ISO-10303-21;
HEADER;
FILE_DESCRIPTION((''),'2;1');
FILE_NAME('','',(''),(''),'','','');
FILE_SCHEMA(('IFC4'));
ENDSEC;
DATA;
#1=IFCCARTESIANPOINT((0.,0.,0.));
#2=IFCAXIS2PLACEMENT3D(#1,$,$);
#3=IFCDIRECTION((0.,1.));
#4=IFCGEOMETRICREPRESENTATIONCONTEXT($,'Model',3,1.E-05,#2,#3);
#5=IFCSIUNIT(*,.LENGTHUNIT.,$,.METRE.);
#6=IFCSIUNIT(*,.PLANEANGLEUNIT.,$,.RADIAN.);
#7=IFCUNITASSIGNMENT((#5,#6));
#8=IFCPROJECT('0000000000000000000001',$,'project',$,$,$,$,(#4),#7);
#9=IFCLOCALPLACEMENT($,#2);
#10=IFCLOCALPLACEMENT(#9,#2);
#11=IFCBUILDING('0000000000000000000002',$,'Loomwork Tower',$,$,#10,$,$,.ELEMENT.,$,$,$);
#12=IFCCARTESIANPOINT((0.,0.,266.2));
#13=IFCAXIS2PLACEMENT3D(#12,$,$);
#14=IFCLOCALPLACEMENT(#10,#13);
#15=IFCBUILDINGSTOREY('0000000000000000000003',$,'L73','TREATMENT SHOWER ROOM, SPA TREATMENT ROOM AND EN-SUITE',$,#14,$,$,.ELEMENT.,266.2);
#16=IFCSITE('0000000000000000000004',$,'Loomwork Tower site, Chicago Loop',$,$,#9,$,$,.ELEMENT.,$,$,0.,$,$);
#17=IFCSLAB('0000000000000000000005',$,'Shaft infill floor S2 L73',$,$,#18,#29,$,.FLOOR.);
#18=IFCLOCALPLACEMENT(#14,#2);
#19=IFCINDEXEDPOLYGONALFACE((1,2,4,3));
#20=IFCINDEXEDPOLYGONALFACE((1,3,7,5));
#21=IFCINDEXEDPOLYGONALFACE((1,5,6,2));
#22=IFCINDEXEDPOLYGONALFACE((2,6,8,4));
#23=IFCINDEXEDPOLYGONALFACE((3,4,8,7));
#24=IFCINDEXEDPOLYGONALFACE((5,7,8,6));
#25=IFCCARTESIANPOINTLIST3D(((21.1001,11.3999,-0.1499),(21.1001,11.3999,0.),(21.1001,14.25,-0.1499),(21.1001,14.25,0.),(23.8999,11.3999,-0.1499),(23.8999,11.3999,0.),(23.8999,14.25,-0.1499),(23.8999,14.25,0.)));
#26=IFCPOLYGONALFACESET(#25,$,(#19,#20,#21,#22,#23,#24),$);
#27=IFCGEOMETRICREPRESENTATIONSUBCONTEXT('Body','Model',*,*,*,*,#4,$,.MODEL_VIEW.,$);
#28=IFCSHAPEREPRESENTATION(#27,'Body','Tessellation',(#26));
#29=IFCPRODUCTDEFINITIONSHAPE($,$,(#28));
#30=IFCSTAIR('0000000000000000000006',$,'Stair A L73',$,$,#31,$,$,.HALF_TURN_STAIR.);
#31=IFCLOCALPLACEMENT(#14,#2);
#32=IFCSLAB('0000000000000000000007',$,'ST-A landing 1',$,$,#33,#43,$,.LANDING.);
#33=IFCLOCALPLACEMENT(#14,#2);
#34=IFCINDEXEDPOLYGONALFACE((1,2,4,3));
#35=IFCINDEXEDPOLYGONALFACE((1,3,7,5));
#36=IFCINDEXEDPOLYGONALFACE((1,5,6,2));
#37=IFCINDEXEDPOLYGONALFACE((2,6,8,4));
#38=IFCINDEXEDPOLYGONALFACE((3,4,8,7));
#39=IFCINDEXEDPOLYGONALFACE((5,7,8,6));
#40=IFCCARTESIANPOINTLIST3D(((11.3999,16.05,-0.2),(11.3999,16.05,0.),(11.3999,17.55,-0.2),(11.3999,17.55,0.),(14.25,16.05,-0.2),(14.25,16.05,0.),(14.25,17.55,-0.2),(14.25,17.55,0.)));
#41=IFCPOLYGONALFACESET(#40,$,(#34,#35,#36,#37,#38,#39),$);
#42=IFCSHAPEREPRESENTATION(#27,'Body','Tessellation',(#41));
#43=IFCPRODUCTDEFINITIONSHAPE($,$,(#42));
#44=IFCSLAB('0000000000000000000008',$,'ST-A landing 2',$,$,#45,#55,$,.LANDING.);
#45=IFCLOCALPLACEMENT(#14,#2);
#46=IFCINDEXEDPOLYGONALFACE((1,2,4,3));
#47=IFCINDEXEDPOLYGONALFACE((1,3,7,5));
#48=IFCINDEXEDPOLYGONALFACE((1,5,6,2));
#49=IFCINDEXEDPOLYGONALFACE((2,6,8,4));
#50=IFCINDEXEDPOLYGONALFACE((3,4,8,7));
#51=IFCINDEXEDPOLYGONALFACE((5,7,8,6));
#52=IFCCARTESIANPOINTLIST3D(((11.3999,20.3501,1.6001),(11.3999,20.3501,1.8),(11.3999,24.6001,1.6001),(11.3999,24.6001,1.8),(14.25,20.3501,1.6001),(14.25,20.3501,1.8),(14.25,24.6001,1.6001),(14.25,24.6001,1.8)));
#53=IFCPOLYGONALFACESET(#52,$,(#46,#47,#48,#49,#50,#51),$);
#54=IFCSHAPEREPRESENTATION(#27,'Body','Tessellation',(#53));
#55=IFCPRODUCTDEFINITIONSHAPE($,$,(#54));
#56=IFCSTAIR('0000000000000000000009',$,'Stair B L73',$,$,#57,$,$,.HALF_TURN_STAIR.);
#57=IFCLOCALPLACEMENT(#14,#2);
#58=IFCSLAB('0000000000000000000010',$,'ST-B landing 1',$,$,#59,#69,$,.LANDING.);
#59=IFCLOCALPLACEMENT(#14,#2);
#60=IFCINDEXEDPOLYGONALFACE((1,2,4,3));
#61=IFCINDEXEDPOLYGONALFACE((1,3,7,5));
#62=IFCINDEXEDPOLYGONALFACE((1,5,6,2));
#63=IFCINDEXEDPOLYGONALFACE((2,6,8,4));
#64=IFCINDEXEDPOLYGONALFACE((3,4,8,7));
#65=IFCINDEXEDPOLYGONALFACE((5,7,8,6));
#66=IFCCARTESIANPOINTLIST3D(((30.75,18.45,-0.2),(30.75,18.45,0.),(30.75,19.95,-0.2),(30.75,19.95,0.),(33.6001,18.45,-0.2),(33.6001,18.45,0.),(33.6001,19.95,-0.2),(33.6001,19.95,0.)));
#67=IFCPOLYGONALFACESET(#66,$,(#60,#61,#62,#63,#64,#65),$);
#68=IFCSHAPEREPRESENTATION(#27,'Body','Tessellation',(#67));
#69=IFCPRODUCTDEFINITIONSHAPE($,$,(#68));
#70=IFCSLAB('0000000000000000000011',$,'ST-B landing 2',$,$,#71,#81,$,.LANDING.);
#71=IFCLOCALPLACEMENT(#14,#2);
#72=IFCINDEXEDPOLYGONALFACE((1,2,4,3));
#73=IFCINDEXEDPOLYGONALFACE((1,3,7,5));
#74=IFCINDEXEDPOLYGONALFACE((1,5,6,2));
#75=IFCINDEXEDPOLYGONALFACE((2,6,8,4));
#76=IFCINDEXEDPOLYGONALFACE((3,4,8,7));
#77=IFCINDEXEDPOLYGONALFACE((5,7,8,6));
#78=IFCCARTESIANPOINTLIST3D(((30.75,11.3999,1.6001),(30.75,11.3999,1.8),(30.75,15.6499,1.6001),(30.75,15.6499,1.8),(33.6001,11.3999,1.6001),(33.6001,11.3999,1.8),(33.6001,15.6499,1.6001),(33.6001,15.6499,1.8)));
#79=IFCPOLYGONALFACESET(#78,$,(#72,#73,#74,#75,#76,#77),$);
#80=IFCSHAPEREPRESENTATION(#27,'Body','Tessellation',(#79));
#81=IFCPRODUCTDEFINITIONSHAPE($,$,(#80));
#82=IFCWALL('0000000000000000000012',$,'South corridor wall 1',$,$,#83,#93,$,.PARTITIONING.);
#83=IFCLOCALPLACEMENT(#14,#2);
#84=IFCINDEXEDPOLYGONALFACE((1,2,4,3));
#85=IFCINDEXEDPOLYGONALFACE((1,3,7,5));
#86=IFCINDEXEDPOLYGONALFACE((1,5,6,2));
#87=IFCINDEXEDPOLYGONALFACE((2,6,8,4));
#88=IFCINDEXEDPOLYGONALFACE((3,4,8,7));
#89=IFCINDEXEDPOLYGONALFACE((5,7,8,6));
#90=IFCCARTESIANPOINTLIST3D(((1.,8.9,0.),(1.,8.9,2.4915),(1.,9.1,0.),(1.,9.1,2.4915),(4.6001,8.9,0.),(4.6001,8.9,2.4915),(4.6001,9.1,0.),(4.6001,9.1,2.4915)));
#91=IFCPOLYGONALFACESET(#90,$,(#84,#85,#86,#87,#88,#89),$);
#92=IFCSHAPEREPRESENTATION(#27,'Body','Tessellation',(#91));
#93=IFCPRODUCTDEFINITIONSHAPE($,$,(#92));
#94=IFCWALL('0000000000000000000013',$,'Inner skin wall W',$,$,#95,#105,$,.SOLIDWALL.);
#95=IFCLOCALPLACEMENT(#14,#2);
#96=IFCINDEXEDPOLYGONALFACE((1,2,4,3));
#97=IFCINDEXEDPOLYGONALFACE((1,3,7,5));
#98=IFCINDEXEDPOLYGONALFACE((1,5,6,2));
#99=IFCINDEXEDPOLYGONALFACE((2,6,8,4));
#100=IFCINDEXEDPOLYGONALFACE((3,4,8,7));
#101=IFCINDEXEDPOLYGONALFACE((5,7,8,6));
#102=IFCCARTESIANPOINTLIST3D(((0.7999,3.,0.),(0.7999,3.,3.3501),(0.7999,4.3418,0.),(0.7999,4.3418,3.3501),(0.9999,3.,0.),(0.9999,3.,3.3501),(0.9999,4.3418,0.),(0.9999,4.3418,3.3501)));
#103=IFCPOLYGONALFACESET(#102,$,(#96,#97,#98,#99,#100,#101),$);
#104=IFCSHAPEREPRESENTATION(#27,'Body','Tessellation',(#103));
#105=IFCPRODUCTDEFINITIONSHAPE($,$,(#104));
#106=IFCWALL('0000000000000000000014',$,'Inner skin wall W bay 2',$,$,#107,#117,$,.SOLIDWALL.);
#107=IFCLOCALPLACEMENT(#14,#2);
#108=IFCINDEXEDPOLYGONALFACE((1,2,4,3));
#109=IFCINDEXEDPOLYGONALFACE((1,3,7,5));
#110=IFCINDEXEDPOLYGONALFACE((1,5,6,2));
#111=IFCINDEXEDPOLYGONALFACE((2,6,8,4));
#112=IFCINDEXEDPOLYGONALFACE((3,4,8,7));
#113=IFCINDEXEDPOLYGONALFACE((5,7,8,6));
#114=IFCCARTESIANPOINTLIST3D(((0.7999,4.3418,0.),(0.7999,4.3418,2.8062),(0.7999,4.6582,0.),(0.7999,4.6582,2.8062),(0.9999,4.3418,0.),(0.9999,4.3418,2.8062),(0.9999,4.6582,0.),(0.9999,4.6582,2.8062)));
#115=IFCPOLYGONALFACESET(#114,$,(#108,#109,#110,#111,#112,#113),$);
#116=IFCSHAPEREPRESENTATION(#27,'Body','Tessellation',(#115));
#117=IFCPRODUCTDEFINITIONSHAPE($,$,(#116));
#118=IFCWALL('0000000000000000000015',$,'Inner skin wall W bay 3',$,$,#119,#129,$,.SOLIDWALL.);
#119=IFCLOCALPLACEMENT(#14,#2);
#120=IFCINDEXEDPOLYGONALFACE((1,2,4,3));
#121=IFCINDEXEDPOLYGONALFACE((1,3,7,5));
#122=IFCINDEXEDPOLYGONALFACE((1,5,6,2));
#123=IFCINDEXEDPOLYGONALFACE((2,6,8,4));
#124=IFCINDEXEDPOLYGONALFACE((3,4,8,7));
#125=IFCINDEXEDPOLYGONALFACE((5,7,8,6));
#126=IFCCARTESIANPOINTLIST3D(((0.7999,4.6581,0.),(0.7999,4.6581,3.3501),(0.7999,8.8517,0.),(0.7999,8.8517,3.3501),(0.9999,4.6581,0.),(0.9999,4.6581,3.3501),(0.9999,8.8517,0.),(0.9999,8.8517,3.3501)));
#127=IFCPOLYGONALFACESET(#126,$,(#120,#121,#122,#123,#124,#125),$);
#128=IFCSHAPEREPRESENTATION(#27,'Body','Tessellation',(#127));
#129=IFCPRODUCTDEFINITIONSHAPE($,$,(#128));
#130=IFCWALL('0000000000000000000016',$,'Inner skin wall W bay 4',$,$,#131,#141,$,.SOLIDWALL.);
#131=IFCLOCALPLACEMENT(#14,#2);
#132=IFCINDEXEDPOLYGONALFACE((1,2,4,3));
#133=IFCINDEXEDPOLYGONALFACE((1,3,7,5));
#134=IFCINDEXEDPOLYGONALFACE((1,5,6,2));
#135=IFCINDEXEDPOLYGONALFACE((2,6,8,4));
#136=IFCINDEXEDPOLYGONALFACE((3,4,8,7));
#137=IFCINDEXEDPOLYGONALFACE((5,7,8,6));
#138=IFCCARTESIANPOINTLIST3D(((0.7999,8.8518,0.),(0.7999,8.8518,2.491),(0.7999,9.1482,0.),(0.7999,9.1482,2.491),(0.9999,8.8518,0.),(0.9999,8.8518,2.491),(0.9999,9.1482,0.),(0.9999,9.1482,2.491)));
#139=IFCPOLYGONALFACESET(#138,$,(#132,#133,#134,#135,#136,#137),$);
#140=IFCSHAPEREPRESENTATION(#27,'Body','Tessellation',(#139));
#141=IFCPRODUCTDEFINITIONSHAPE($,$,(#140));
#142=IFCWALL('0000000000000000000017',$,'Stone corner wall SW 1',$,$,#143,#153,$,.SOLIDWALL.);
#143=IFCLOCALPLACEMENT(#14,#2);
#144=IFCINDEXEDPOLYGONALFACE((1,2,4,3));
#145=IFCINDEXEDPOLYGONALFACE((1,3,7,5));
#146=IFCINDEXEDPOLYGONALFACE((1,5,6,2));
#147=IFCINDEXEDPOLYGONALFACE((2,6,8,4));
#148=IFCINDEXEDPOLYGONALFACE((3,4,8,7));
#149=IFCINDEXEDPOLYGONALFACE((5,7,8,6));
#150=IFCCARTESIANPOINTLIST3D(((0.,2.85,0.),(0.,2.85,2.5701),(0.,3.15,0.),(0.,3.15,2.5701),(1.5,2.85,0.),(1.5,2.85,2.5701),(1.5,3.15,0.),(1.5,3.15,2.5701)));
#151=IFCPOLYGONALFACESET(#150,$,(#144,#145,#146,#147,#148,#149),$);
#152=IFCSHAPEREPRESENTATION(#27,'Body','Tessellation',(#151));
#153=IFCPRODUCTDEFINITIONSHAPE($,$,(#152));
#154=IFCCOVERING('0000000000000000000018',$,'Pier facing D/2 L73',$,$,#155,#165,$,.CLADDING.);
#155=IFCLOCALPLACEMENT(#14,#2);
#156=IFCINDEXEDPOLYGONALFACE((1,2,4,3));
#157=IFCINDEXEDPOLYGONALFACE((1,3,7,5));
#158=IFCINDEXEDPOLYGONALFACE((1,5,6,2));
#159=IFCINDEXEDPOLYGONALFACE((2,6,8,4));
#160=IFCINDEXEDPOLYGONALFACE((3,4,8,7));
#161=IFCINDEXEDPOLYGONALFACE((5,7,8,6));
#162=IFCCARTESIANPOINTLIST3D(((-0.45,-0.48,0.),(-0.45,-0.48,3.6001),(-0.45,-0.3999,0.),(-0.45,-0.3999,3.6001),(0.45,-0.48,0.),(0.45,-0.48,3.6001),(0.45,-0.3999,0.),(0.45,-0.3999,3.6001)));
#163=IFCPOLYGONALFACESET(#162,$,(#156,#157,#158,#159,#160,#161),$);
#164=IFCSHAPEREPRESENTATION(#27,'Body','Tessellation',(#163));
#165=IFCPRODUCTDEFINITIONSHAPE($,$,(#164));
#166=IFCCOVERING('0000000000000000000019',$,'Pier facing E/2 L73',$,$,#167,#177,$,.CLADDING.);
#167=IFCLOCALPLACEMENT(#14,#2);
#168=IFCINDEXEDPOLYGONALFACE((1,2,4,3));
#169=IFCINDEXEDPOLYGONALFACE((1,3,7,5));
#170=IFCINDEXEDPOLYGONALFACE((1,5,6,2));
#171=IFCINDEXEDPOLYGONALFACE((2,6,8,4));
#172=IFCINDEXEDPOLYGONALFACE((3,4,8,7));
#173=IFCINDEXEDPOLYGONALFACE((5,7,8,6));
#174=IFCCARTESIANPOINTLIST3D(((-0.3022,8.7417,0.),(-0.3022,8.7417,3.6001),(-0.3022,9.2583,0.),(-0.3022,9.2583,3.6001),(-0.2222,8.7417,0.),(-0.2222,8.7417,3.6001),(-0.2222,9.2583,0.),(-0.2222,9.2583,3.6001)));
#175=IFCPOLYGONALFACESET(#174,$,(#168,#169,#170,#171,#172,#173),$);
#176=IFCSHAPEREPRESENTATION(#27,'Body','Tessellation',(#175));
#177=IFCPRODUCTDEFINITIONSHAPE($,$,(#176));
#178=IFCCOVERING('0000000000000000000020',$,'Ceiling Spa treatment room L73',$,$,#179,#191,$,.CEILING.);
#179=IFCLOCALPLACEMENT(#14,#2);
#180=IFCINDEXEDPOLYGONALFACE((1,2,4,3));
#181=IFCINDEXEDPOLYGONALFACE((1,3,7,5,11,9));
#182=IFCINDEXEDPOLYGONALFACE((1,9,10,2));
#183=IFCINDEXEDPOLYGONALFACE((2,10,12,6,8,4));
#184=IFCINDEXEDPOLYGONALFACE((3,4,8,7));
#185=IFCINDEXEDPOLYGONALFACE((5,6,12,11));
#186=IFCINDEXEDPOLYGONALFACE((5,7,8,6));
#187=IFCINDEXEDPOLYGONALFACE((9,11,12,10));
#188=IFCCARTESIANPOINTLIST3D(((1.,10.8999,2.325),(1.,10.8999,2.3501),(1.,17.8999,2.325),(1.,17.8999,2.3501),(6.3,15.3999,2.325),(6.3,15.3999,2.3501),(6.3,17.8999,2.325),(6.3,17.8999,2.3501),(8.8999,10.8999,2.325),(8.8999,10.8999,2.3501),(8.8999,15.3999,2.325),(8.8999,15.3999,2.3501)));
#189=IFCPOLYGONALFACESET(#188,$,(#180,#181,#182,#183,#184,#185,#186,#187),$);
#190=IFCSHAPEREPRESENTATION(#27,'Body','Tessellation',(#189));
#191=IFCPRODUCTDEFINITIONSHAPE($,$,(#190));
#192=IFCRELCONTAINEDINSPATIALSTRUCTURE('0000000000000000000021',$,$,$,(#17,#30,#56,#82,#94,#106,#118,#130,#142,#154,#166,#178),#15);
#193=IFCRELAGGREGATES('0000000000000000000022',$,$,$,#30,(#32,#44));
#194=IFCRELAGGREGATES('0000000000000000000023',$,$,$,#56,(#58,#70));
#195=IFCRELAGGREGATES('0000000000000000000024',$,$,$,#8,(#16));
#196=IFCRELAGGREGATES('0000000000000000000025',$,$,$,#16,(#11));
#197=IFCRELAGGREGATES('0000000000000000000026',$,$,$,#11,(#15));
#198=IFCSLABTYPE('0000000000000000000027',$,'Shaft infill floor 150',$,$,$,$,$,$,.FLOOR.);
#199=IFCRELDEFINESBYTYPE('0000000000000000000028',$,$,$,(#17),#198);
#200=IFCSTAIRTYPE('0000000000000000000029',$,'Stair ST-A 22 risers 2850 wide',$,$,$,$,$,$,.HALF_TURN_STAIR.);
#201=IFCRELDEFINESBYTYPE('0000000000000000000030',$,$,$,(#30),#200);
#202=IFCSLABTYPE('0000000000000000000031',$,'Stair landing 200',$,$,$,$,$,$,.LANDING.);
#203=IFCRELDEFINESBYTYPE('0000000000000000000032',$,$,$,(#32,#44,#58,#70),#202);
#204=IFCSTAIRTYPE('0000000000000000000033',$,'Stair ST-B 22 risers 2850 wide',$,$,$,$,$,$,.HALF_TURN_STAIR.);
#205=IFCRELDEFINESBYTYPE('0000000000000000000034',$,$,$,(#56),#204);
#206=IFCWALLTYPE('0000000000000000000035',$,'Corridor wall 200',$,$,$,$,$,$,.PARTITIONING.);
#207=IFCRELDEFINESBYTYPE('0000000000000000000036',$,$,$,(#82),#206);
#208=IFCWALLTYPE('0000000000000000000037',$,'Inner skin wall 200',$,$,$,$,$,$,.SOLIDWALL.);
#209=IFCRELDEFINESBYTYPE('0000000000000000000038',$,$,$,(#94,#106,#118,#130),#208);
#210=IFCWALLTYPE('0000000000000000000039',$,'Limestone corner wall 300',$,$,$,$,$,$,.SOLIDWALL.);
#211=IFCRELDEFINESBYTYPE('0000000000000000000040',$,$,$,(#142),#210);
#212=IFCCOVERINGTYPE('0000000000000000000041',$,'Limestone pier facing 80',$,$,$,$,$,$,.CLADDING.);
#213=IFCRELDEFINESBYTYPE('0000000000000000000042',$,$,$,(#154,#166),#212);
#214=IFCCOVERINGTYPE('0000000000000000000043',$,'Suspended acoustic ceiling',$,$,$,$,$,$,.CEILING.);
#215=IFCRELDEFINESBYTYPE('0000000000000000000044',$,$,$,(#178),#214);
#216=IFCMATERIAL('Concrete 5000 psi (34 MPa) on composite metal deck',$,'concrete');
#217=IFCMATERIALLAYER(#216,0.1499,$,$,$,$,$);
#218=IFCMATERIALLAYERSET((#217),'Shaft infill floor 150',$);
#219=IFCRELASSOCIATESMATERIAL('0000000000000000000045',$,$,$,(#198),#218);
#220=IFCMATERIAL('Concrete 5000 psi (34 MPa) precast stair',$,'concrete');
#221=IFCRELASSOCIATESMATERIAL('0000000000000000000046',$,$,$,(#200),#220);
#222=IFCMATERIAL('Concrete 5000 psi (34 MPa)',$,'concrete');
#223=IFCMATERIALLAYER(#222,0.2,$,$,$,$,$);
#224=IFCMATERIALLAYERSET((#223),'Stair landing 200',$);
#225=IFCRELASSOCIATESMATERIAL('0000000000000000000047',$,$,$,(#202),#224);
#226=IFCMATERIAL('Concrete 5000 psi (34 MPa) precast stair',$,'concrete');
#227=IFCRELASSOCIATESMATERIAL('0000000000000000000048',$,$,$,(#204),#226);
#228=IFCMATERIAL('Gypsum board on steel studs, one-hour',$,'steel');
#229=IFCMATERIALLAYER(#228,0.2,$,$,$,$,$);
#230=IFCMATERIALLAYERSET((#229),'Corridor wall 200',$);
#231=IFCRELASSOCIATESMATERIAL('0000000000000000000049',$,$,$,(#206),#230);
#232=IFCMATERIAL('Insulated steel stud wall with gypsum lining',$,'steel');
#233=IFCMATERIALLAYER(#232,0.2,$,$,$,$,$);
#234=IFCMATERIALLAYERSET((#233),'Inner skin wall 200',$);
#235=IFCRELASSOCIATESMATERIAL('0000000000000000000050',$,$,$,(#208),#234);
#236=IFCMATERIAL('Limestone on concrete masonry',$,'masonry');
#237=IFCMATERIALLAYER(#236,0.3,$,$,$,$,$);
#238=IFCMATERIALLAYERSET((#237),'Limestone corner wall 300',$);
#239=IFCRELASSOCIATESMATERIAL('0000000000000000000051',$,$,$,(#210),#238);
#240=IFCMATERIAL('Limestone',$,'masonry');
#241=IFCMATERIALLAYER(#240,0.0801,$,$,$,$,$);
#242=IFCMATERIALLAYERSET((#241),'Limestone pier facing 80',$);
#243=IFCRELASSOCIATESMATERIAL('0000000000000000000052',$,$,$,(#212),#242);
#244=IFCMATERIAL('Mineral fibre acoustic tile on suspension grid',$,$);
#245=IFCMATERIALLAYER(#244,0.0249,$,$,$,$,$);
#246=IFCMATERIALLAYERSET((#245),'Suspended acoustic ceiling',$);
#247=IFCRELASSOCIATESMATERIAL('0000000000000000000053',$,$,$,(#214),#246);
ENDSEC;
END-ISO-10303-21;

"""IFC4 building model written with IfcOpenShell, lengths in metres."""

from ifc_helpers import new_model, si_unit, direction, frame, frame_2d, origin, origin_2d, place, context, subcontext, project, spatial, polyline, rectangle, outline, extrude, material, layer, layer_set, type_object, element, aggregate, save


model = new_model("IFC4")

# Units and contexts
model_context = context("Model", 3, precision=1e-05, world=origin(), true_north=direction((0.0, 1.0)))
body_context = subcontext(model_context, "Body", "Model", "MODEL_VIEW")
ifc_project = project(units=[si_unit("LENGTHUNIT", "METRE"), si_unit("PLANEANGLEUNIT", "RADIAN")], contexts=[model_context])

# Site, building, storey
site_placement = place(None, origin())
site = spatial("IfcSite", under=ifc_project, at=site_placement, Name="Loomwork Tower site, Chicago Loop", CompositionType="ELEMENT", RefElevation=0.0)
building_placement = place(site_placement, origin())
building = spatial("IfcBuilding", under=site, at=building_placement, Name="Loomwork Tower", CompositionType="ELEMENT")
storey_placement = place(building_placement, frame((0.0, 0.0, 266.2)))
storey = spatial("IfcBuildingStorey", under=building, at=storey_placement, Name="L73", Description="TREATMENT SHOWER ROOM, SPA TREATMENT ROOM AND EN-SUITE", CompositionType="ELEMENT", Elevation=266.2)

# Slab
ifc_material_1 = material(Name="Concrete 5000 psi (34 MPa) on composite metal deck", Category="concrete")
ifc_layer_1 = layer(ifc_material_1, 0.1499)
ifc_layer_set_1 = layer_set([ifc_layer_1], Name="Shaft infill floor 150")
slab_type_1 = type_object("IfcSlabType", Name="Shaft infill floor 150", PredefinedType="FLOOR", material=ifc_layer_set_1)
slab_1_placement = place(storey_placement, frame((0.0, 0.0, -0.1499)))
element("IfcSlab", 1, at=slab_1_placement, inside=storey, type_object=slab_type_1, Name="Shaft infill floor S2 L73", PredefinedType="FLOOR", context=body_context, shape_type="SweptSolid", body=[
    extrude(outline(polyline([(21.1001, 11.3999), (23.8999, 11.3999), (23.8999, 14.25), (21.1001, 14.25), (21.1001, 11.3999)])), origin(), (0.0, 0.0, 1.0), 0.1499),
])

# Stairs, slabs
ifc_material_2 = material(Name="Concrete 5000 psi (34 MPa) precast stair", Category="concrete")
stair_type_1 = type_object("IfcStairType", Name="Stair ST-A 22 risers 2850 wide", PredefinedType="HALF_TURN_STAIR", material=ifc_material_2)
stair_1_placement = place(storey_placement, origin())
stair_1 = element("IfcStair", 2, at=stair_1_placement, inside=storey, type_object=stair_type_1, Name="Stair A L73", PredefinedType="HALF_TURN_STAIR")
ifc_material_3 = material(Name="Concrete 5000 psi (34 MPa)", Category="concrete")
ifc_layer_2 = layer(ifc_material_3, 0.2)
ifc_layer_set_2 = layer_set([ifc_layer_2], Name="Stair landing 200")
slab_type_2 = type_object("IfcSlabType", Name="Stair landing 200", PredefinedType="LANDING", material=ifc_layer_set_2)
slab_2_placement = place(storey_placement, frame((0.0, 0.0, -0.2)))
slab_2 = element("IfcSlab", 3, at=slab_2_placement, type_object=slab_type_2, Name="ST-A landing 1", PredefinedType="LANDING", context=body_context, shape_type="SweptSolid", body=[
    extrude(outline(polyline([(11.3999, 16.05), (14.25, 16.05), (14.25, 17.55), (11.3999, 17.55), (11.3999, 16.05)])), origin(), (0.0, 0.0, 1.0), 0.2),
])
slab_3_placement = place(storey_placement, frame((0.0, 0.0, 1.6001)))
slab_3 = element("IfcSlab", 4, at=slab_3_placement, type_object=slab_type_2, Name="ST-A landing 2", PredefinedType="LANDING", context=body_context, shape_type="SweptSolid", body=[
    extrude(outline(polyline([(11.3999, 20.3501), (14.25, 20.3501), (14.25, 24.6001), (11.3999, 24.6001), (11.3999, 20.3501)])), origin(), (0.0, 0.0, 1.0), 0.2),
])
aggregate(stair_1, [slab_2, slab_3])
ifc_material_4 = material(Name="Concrete 5000 psi (34 MPa) precast stair", Category="concrete")
stair_type_2 = type_object("IfcStairType", Name="Stair ST-B 22 risers 2850 wide", PredefinedType="HALF_TURN_STAIR", material=ifc_material_4)
stair_2_placement = place(storey_placement, origin())
stair_2 = element("IfcStair", 5, at=stair_2_placement, inside=storey, type_object=stair_type_2, Name="Stair B L73", PredefinedType="HALF_TURN_STAIR")
slab_4_placement = place(storey_placement, frame((0.0, 0.0, -0.2)))
slab_4 = element("IfcSlab", 6, at=slab_4_placement, type_object=slab_type_2, Name="ST-B landing 1", PredefinedType="LANDING", context=body_context, shape_type="SweptSolid", body=[
    extrude(outline(polyline([(30.75, 18.45), (33.6001, 18.45), (33.6001, 19.95), (30.75, 19.95), (30.75, 18.45)])), origin(), (0.0, 0.0, 1.0), 0.2),
])
slab_5_placement = place(storey_placement, frame((0.0, 0.0, 1.6001)))
slab_5 = element("IfcSlab", 7, at=slab_5_placement, type_object=slab_type_2, Name="ST-B landing 2", PredefinedType="LANDING", context=body_context, shape_type="SweptSolid", body=[
    extrude(outline(polyline([(30.75, 11.3999), (33.6001, 11.3999), (33.6001, 15.6499), (30.75, 15.6499), (30.75, 11.3999)])), origin(), (0.0, 0.0, 1.0), 0.2),
])
aggregate(stair_2, [slab_4, slab_5])

# Walls
ifc_material_5 = material(Name="Gypsum board on steel studs, one-hour", Category="steel")
ifc_layer_3 = layer(ifc_material_5, 0.2)
ifc_layer_set_3 = layer_set([ifc_layer_3], Name="Corridor wall 200")
wall_type_1 = type_object("IfcWallType", Name="Corridor wall 200", PredefinedType="PARTITIONING", material=ifc_layer_set_3)
wall_1_placement = place(storey_placement, frame((1.0, 9.0, 0.0), z_axis=(0.0, 0.0, 1.0), x_axis=(1.0, 0.0, 0.0)))
element("IfcWall", 8, at=wall_1_placement, inside=storey, type_object=wall_type_1, Name="South corridor wall 1", PredefinedType="PARTITIONING", context=body_context, shape_type="SweptSolid", body=[
    extrude(rectangle(XDim=3.6001, YDim=0.2, at=frame_2d((1.8, 0.0))), origin(), (0.0, 0.0, 1.0), 2.4915),
])
ifc_material_6 = material(Name="Insulated steel stud wall with gypsum lining", Category="steel")
ifc_layer_4 = layer(ifc_material_6, 0.2)
ifc_layer_set_4 = layer_set([ifc_layer_4], Name="Inner skin wall 200")
wall_type_2 = type_object("IfcWallType", Name="Inner skin wall 200", PredefinedType="SOLIDWALL", material=ifc_layer_set_4)
wall_2_placement = place(storey_placement, frame((0.8999, 3.0, 0.0), z_axis=(0.0, 0.0, 1.0), x_axis=(0.0, 1.0, 0.0)))
element("IfcWall", 9, at=wall_2_placement, inside=storey, type_object=wall_type_2, Name="Inner skin wall W", PredefinedType="SOLIDWALL", context=body_context, shape_type="SweptSolid", body=[
    extrude(rectangle(XDim=1.3418, YDim=0.2, at=frame_2d((0.6709, 0.0))), origin(), (0.0, 0.0, 1.0), 3.3501),
])
wall_3_placement = place(storey_placement, frame((0.8999, 4.3418, 0.0), z_axis=(0.0, 0.0, 1.0), x_axis=(0.0, 1.0, 0.0)))
element("IfcWall", 10, at=wall_3_placement, inside=storey, type_object=wall_type_2, Name="Inner skin wall W bay 2", PredefinedType="SOLIDWALL", context=body_context, shape_type="SweptSolid", body=[
    extrude(rectangle(XDim=0.3164, YDim=0.2, at=frame_2d((0.1582, 0.0))), origin(), (0.0, 0.0, 1.0), 2.8062),
])
wall_4_placement = place(storey_placement, frame((0.8999, 4.6582, 0.0), z_axis=(0.0, 0.0, 1.0), x_axis=(0.0, 1.0, 0.0)))
element("IfcWall", 11, at=wall_4_placement, inside=storey, type_object=wall_type_2, Name="Inner skin wall W bay 3", PredefinedType="SOLIDWALL", context=body_context, shape_type="SweptSolid", body=[
    extrude(rectangle(XDim=4.1936, YDim=0.2, at=frame_2d((2.0967, 0.0))), origin(), (0.0, 0.0, 1.0), 3.3501),
])
wall_5_placement = place(storey_placement, frame((0.8999, 8.8518, 0.0), z_axis=(0.0, 0.0, 1.0), x_axis=(0.0, 1.0, 0.0)))
element("IfcWall", 12, at=wall_5_placement, inside=storey, type_object=wall_type_2, Name="Inner skin wall W bay 4", PredefinedType="SOLIDWALL", context=body_context, shape_type="SweptSolid", body=[
    extrude(rectangle(XDim=0.2964, YDim=0.2, at=frame_2d((0.1482, 0.0))), origin(), (0.0, 0.0, 1.0), 2.491),
])
ifc_material_7 = material(Name="Limestone on concrete masonry", Category="masonry")
ifc_layer_5 = layer(ifc_material_7, 0.3)
ifc_layer_set_5 = layer_set([ifc_layer_5], Name="Limestone corner wall 300")
wall_type_3 = type_object("IfcWallType", Name="Limestone corner wall 300", PredefinedType="SOLIDWALL", material=ifc_layer_set_5)
wall_6_placement = place(storey_placement, frame((0.0, 3.0, 0.0), z_axis=(0.0, 0.0, 1.0), x_axis=(1.0, 0.0, 0.0)))
element("IfcWall", 13, at=wall_6_placement, inside=storey, type_object=wall_type_3, Name="Stone corner wall SW 1", PredefinedType="SOLIDWALL", context=body_context, shape_type="SweptSolid", body=[
    extrude(rectangle(XDim=1.5, YDim=0.3, at=frame_2d((0.75, 0.0))), origin(), (0.0, 0.0, 1.0), 2.5701),
])

# Coverings
ifc_material_8 = material(Name="Limestone", Category="masonry")
ifc_layer_6 = layer(ifc_material_8, 0.0801)
ifc_layer_set_6 = layer_set([ifc_layer_6], Name="Limestone pier facing 80")
covering_type_1 = type_object("IfcCoveringType", Name="Limestone pier facing 80", PredefinedType="CLADDING", material=ifc_layer_set_6)
covering_1_placement = place(storey_placement, frame((0.0, -0.4399, 0.0), z_axis=(0.0, 0.0, 1.0), x_axis=(1.0, 0.0, 0.0)))
element("IfcCovering", 14, at=covering_1_placement, inside=storey, type_object=covering_type_1, Name="Pier facing D/2 L73", PredefinedType="CLADDING", context=body_context, shape_type="SweptSolid", body=[
    extrude(rectangle(XDim=0.8999, YDim=0.0801, at=origin_2d()), origin(), (0.0, 0.0, 1.0), 3.6001),
])
covering_2_placement = place(storey_placement, frame((-0.2622, 9.0, 0.0), z_axis=(0.0, 0.0, 1.0), x_axis=(1.0, 0.0, 0.0)))
element("IfcCovering", 15, at=covering_2_placement, inside=storey, type_object=covering_type_1, Name="Pier facing E/2 L73", PredefinedType="CLADDING", context=body_context, shape_type="SweptSolid", body=[
    extrude(rectangle(XDim=0.0801, YDim=0.5166, at=origin_2d()), origin(), (0.0, 0.0, 1.0), 3.6001),
])
ifc_material_9 = material(Name="Mineral fibre acoustic tile on suspension grid")
ifc_layer_7 = layer(ifc_material_9, 0.0249)
ifc_layer_set_7 = layer_set([ifc_layer_7], Name="Suspended acoustic ceiling")
covering_type_2 = type_object("IfcCoveringType", Name="Suspended acoustic ceiling", PredefinedType="CEILING", material=ifc_layer_set_7)
covering_3_placement = place(storey_placement, frame((0.0, 0.0, 2.325)))
element("IfcCovering", 16, at=covering_3_placement, inside=storey, type_object=covering_type_2, Name="Ceiling Spa treatment room L73", PredefinedType="CEILING", context=body_context, shape_type="SweptSolid", body=[
    extrude(outline(polyline([(1.0, 10.8999), (1.0, 17.8999), (6.3, 17.8999), (6.3, 15.3999), (8.8999, 15.3999), (8.8999, 10.8999), (1.0, 10.8999)])), origin(), (0.0, 0.0, 1.0), 0.0251),
])

save(model, "model.ifc")
